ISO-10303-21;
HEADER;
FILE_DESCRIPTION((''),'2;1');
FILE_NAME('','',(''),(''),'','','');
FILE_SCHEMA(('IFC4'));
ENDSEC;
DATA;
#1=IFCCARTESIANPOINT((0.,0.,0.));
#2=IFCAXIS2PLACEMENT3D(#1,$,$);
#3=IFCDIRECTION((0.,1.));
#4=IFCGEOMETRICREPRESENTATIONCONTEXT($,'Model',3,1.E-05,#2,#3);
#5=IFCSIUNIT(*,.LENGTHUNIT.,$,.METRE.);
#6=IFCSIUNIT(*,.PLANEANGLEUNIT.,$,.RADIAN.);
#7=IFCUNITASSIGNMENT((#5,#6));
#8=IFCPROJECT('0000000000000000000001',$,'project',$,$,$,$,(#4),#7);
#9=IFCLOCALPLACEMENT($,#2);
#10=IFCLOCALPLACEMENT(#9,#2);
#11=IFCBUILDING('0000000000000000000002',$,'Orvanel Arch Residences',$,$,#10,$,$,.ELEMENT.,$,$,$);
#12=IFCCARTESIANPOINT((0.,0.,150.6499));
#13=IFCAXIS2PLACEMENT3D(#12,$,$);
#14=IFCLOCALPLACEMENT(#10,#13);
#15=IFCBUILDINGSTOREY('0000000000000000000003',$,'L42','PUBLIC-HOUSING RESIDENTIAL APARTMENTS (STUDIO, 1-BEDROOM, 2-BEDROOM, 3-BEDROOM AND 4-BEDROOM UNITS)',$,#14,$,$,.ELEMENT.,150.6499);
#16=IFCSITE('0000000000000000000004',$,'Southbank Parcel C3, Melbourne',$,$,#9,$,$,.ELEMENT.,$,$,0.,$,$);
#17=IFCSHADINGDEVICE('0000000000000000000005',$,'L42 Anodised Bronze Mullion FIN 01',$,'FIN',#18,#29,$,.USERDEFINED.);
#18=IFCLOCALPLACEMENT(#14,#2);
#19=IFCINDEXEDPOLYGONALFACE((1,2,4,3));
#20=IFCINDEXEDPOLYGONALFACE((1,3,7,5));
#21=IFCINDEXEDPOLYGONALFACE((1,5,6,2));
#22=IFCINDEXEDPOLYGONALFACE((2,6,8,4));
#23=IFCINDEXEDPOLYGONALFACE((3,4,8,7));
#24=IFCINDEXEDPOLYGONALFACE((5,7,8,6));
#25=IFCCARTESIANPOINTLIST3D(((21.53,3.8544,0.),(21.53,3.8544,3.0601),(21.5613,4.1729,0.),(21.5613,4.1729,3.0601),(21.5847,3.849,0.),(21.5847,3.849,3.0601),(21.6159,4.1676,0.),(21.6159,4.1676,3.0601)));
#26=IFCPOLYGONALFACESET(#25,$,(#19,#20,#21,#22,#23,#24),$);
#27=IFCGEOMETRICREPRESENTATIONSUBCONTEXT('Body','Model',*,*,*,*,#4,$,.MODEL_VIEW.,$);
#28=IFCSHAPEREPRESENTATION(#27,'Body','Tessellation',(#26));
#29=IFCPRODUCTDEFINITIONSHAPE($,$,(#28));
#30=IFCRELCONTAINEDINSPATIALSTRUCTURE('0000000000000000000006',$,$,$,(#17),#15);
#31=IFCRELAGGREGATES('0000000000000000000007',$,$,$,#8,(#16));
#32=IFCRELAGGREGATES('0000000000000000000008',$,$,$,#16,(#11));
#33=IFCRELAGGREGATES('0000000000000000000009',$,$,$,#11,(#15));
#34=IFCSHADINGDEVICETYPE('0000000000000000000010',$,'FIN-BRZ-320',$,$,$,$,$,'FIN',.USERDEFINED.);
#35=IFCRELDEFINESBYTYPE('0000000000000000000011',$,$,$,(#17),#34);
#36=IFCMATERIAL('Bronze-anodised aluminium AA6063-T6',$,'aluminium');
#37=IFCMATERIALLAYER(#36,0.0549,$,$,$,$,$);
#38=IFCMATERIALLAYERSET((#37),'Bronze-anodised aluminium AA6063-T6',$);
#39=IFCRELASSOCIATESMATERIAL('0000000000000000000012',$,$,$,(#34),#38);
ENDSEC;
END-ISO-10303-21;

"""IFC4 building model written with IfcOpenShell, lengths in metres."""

from ifc_helpers import new_model, si_unit, direction, frame, origin, origin_2d, place, context, subcontext, project, spatial, rectangle, extrude, material, layer, layer_set, type_object, element, save


model = new_model("IFC4")

# Units and contexts
model_context = context("Model", 3, precision=1e-05, world=origin(), true_north=direction((0.0, 1.0)))
body_context = subcontext(model_context, "Body", "Model", "MODEL_VIEW")
ifc_project = project(units=[si_unit("LENGTHUNIT", "METRE"), si_unit("PLANEANGLEUNIT", "RADIAN")], contexts=[model_context])

# Site, building, storey
site_placement = place(None, origin())
site = spatial("IfcSite", under=ifc_project, at=site_placement, Name="Southbank Parcel C3, Melbourne", CompositionType="ELEMENT", RefElevation=0.0)
building_placement = place(site_placement, origin())
building = spatial("IfcBuilding", under=site, at=building_placement, Name="Orvanel Arch Residences", CompositionType="ELEMENT")
storey_placement = place(building_placement, frame((0.0, 0.0, 150.6499)))
storey = spatial("IfcBuildingStorey", under=building, at=storey_placement, Name="L42", Description="PUBLIC-HOUSING RESIDENTIAL APARTMENTS (STUDIO, 1-BEDROOM, 2-BEDROOM, 3-BEDROOM AND 4-BEDROOM UNITS)", CompositionType="ELEMENT", Elevation=150.6499)

# Shared definitions
ifc_material_1 = material(Name="Bronze-anodised aluminium AA6063-T6", Category="aluminium")

# Shading device
ifc_layer_1 = layer(ifc_material_1, 0.0549)
ifc_layer_set_1 = layer_set([ifc_layer_1], Name="Bronze-anodised aluminium AA6063-T6")
shading_device_type = type_object("IfcShadingDeviceType", Name="FIN-BRZ-320", ElementType="FIN", PredefinedType="USERDEFINED", material=ifc_layer_set_1)
shading_device_placement = place(storey_placement, frame((21.573, 4.011, 0.0), z_axis=(0.0, 0.0, 1.0), x_axis=(-0.097583, -0.995227, 0.0)))
element("IfcShadingDevice", 1, at=shading_device_placement, inside=storey, type_object=shading_device_type, Name="L42 Anodised Bronze Mullion FIN 01", ObjectType="FIN", PredefinedType="USERDEFINED", context=body_context, shape_type="SweptSolid", body=[
    extrude(rectangle(XDim=0.3201, YDim=0.0549, at=origin_2d()), origin(), (0.0, 0.0, 1.0), 3.0601),
])

save(model, "model.ifc")
